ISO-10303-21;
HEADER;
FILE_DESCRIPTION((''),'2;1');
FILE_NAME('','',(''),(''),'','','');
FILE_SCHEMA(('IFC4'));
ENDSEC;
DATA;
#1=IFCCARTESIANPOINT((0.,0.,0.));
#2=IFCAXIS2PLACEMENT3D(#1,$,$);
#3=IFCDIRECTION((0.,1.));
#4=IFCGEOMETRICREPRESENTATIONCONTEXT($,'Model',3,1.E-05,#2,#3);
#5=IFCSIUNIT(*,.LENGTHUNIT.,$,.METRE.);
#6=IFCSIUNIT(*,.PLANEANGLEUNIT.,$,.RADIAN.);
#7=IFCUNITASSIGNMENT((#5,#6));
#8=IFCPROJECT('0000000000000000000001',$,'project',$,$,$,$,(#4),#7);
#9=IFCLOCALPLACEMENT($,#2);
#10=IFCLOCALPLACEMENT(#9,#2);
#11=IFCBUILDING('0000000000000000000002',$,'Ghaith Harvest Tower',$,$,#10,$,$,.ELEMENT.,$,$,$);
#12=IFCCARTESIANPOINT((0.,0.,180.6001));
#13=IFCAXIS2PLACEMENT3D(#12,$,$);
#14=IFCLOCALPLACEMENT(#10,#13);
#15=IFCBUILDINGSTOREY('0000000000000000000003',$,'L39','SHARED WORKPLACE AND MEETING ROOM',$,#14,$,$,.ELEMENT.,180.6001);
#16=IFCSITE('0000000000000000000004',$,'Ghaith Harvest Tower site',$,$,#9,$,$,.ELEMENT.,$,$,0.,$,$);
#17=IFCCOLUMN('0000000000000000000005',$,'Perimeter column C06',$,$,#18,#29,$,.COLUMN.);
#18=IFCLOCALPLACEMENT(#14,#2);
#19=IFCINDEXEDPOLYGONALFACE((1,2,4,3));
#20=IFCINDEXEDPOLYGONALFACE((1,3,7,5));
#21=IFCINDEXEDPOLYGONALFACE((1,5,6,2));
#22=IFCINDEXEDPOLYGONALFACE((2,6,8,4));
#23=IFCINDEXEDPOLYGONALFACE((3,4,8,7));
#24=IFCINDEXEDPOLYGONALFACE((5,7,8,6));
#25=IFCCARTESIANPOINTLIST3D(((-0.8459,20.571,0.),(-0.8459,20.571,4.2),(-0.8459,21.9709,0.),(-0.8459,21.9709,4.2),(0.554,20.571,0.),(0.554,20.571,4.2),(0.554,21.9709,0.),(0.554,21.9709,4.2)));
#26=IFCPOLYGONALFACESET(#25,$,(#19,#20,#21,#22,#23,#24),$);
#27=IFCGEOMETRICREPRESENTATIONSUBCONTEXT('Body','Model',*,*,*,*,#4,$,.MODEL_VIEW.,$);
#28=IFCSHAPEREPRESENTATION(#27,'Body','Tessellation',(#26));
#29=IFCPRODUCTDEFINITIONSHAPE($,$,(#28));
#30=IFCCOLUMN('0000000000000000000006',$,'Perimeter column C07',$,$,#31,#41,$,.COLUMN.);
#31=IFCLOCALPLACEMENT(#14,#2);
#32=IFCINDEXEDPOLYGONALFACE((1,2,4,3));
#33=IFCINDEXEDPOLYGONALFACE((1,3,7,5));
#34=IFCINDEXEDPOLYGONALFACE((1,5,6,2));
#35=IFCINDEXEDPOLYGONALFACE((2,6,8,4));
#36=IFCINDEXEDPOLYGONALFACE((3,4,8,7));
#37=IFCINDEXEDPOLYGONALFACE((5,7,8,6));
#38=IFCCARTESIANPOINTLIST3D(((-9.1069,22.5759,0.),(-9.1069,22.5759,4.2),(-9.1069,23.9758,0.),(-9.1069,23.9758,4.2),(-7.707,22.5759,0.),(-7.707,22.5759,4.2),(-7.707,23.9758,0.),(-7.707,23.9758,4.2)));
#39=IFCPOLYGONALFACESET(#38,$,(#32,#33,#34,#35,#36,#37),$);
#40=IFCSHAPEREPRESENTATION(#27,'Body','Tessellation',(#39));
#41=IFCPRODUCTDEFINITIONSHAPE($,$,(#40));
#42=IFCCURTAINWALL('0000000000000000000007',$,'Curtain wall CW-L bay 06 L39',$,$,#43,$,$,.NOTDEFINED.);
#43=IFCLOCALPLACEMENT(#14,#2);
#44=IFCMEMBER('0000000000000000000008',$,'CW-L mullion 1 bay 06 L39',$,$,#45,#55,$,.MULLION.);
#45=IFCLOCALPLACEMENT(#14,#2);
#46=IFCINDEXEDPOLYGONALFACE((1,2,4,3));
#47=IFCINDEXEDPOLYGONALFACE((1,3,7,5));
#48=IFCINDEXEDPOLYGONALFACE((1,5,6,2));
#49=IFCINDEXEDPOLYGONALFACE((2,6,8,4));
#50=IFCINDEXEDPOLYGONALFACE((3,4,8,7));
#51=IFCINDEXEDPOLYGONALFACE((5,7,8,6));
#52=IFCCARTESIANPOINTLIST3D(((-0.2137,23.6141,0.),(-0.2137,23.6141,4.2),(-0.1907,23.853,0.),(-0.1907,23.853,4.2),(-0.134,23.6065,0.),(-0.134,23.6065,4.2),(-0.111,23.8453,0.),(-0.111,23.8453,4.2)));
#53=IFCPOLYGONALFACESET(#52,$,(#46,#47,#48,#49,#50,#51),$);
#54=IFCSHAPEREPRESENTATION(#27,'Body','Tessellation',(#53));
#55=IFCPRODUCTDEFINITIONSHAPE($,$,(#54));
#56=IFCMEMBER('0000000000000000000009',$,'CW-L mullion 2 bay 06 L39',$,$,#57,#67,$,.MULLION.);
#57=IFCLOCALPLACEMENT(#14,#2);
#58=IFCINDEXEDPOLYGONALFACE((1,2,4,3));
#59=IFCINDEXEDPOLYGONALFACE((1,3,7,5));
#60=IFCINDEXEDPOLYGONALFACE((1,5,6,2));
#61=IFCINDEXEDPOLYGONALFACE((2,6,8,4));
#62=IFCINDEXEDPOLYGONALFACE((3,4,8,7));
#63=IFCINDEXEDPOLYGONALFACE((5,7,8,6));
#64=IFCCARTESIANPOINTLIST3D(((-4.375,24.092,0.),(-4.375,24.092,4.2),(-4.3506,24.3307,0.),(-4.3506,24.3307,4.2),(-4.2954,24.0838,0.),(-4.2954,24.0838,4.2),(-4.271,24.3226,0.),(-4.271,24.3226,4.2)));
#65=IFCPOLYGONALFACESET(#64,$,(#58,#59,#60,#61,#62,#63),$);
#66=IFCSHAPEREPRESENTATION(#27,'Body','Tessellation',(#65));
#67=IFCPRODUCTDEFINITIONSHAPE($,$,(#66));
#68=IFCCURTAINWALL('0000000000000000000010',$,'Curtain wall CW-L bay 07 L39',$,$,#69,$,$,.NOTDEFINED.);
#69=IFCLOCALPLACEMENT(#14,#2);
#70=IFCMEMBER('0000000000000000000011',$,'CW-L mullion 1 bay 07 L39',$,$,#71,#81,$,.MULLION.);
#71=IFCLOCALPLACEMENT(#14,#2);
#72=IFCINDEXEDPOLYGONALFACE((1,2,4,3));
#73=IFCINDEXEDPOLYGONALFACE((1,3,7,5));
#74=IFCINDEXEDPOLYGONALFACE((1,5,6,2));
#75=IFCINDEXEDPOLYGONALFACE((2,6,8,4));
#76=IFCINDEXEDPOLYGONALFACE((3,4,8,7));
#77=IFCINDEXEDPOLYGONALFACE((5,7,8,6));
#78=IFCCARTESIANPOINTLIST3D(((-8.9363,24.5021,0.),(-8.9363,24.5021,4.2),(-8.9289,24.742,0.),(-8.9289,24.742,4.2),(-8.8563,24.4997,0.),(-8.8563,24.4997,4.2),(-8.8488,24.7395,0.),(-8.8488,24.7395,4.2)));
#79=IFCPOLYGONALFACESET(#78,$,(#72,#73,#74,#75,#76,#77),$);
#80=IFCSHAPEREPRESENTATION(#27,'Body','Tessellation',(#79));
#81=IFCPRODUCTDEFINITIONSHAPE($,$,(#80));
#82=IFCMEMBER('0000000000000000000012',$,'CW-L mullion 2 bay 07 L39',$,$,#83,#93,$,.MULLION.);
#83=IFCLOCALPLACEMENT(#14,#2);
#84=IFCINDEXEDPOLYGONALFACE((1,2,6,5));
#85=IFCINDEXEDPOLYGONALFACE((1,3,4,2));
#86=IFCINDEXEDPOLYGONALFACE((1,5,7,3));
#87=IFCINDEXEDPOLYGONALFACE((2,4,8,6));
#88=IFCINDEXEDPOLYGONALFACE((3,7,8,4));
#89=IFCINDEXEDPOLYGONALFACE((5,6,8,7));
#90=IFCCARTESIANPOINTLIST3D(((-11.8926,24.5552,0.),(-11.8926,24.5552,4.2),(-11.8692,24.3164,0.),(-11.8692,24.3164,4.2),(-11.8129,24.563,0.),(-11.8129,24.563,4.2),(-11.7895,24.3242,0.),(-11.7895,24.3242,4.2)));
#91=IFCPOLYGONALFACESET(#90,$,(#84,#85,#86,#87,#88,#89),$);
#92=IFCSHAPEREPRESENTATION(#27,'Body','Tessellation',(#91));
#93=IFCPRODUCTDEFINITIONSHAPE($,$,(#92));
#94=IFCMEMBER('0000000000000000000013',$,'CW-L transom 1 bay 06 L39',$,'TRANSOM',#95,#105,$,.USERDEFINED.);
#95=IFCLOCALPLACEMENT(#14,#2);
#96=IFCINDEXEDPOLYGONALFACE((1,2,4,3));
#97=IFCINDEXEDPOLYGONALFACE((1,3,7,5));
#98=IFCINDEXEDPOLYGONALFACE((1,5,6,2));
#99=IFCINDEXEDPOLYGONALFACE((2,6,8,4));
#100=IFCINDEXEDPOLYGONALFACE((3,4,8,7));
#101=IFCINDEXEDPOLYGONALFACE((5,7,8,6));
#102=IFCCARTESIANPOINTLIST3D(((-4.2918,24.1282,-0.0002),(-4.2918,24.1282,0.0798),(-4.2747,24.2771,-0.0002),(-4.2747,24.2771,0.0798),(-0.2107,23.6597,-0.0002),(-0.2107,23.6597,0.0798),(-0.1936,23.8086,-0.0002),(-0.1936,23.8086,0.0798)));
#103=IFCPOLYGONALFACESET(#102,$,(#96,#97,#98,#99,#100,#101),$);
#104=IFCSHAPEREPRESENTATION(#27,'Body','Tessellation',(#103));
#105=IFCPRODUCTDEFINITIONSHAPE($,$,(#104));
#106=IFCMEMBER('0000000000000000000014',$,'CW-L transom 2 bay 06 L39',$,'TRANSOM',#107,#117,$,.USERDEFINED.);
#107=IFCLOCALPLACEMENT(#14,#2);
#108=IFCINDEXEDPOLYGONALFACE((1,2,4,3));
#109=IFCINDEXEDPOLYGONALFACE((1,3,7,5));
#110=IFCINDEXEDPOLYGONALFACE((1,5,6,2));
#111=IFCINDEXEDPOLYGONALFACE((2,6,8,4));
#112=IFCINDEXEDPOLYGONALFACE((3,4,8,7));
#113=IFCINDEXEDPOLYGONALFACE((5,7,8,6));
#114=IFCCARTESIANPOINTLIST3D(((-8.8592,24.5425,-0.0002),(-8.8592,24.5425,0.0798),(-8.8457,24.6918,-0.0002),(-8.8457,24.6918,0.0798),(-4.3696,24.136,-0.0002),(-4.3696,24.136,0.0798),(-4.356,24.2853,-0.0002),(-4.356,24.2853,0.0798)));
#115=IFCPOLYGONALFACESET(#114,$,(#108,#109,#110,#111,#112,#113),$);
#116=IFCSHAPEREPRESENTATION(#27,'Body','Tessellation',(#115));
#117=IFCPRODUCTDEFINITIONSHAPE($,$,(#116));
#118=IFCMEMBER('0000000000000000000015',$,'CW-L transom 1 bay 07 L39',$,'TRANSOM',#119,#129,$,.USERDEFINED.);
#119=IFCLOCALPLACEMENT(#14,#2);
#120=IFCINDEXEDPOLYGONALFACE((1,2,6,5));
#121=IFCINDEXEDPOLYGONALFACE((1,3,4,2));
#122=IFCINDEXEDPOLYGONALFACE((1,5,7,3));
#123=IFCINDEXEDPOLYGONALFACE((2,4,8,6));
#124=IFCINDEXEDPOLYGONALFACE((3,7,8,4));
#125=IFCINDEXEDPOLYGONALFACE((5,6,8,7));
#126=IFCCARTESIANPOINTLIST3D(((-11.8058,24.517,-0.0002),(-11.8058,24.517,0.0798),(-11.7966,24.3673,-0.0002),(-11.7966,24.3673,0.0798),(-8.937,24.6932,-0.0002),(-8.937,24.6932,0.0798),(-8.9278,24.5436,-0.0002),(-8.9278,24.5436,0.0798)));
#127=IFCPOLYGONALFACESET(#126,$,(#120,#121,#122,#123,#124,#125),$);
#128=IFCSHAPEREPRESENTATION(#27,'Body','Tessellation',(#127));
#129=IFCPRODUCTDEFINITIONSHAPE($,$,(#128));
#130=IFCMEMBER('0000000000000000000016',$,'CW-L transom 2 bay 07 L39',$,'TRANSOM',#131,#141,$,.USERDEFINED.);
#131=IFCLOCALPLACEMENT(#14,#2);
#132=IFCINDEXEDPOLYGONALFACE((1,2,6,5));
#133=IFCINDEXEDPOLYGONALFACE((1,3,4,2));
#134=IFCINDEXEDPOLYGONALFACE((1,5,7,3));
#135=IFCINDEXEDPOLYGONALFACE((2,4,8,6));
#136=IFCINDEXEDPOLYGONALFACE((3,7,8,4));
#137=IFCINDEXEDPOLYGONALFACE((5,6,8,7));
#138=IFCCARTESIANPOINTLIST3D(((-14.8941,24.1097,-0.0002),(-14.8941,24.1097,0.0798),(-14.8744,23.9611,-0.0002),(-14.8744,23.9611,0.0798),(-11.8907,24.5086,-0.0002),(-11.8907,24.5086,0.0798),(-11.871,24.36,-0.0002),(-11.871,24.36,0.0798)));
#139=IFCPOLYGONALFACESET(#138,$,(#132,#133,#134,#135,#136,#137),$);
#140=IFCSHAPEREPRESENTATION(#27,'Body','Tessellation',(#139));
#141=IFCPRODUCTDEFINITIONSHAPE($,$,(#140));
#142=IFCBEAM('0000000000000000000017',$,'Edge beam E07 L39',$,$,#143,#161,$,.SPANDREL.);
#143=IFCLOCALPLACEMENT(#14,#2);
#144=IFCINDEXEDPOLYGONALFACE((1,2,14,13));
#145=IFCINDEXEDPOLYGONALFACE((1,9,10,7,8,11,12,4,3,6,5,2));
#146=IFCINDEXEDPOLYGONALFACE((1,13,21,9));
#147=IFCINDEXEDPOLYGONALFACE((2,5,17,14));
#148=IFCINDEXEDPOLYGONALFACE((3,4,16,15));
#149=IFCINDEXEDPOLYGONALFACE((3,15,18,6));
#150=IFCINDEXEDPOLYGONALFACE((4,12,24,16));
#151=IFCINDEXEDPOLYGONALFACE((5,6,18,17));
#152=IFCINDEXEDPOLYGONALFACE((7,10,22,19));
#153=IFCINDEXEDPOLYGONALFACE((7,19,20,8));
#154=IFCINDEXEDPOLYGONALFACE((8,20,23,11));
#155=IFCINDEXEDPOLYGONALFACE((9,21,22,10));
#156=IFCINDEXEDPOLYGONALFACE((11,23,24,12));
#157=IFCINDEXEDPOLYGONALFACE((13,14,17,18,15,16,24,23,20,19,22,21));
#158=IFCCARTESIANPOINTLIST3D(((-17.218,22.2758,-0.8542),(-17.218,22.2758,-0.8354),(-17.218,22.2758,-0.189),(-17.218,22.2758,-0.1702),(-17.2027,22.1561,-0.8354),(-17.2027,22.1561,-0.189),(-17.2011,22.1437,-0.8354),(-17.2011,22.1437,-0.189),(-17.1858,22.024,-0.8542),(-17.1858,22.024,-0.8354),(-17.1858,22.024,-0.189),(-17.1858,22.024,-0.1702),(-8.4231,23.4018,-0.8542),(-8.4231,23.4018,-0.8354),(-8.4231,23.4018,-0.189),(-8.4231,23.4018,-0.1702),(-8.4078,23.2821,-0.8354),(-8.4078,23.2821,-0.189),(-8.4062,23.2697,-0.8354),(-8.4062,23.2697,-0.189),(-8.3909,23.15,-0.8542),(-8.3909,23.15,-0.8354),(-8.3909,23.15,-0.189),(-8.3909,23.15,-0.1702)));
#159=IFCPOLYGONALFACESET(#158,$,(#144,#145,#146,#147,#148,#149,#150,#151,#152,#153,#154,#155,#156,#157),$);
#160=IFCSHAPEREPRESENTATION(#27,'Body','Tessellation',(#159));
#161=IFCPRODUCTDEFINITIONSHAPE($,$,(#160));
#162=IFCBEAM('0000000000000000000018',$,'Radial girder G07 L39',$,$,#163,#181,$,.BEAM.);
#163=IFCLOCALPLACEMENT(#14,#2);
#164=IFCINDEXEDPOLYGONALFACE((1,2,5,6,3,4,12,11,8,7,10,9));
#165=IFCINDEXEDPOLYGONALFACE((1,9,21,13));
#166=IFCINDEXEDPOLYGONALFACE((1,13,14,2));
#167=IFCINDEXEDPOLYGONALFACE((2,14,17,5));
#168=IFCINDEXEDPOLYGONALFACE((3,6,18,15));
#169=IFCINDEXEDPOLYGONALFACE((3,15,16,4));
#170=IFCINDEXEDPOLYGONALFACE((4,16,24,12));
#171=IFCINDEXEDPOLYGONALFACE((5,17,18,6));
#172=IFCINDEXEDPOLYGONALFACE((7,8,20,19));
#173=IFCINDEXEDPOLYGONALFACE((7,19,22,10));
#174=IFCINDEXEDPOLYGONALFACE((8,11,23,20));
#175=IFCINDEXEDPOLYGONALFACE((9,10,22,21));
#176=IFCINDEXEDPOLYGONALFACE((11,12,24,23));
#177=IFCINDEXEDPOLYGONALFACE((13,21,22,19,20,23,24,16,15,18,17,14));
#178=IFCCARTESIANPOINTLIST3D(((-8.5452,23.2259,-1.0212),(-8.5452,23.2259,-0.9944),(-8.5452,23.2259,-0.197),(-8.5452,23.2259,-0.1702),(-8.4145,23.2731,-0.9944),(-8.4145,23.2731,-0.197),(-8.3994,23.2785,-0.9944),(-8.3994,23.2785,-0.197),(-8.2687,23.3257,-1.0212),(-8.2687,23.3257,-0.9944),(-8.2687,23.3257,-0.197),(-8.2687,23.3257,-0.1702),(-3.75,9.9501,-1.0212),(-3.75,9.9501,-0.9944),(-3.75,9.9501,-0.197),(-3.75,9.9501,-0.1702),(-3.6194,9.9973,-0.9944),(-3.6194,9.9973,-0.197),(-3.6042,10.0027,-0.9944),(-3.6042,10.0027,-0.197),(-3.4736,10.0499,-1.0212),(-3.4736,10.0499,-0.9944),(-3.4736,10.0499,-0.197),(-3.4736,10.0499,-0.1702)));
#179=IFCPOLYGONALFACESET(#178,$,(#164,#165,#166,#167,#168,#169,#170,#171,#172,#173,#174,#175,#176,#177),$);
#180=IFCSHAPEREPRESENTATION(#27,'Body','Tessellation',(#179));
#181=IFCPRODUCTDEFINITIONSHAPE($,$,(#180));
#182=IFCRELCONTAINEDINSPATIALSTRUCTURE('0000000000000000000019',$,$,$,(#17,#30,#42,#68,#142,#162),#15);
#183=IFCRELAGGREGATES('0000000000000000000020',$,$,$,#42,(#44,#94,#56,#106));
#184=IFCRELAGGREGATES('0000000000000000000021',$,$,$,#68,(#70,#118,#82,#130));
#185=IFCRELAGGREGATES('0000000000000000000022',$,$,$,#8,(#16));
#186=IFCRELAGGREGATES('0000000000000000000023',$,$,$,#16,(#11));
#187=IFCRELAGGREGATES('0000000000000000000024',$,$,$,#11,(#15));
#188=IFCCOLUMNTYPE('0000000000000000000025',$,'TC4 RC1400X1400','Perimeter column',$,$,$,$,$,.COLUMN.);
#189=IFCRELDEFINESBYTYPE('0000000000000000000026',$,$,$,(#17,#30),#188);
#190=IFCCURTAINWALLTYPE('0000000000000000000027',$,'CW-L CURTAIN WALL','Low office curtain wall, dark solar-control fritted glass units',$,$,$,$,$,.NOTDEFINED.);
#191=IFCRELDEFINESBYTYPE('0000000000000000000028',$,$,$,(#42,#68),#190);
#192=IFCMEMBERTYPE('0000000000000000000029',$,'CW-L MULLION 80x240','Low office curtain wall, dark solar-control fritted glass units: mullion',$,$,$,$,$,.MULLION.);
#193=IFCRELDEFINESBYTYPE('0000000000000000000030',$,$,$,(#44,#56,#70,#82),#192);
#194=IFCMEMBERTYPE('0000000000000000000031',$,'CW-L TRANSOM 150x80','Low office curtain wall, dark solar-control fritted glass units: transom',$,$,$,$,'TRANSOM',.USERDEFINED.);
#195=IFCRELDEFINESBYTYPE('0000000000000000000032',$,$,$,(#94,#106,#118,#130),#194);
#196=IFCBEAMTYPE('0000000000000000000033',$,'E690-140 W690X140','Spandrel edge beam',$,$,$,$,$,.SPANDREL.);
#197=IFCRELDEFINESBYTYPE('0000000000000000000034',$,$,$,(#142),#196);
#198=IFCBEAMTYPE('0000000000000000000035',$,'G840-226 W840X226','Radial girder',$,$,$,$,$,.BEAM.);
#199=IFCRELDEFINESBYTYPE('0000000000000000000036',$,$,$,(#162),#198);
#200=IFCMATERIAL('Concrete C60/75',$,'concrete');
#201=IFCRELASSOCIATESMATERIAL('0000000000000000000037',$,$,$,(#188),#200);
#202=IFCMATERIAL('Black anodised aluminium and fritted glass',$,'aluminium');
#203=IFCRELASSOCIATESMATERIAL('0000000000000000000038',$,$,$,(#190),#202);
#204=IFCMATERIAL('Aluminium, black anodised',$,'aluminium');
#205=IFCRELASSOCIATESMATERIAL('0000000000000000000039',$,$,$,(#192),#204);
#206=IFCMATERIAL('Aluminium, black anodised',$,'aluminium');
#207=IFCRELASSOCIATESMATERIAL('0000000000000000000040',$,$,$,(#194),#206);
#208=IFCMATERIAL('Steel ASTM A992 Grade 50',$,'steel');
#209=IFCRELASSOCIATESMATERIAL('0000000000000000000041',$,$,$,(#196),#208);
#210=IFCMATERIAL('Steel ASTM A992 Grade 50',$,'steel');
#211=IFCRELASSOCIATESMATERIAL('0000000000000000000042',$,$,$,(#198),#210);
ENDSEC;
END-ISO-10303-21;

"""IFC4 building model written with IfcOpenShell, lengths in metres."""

from ifc_helpers import new_model, si_unit, direction, frame, origin, origin_2d, place, context, subcontext, project, spatial, rectangle, i_section, extrude, material, material_profile, profile_set, type_object, element, aggregate, save


model = new_model("IFC4")

# Units and contexts
model_context = context("Model", 3, precision=1e-05, world=origin(), true_north=direction((0.0, 1.0)))
body_context = subcontext(model_context, "Body", "Model", "MODEL_VIEW")
ifc_project = project(units=[si_unit("LENGTHUNIT", "METRE"), si_unit("PLANEANGLEUNIT", "RADIAN")], contexts=[model_context])

# Site, building, storey
site_placement = place(None, origin())
site = spatial("IfcSite", under=ifc_project, at=site_placement, Name="Ghaith Harvest Tower site", CompositionType="ELEMENT", RefElevation=0.0)
building_placement = place(site_placement, origin())
building = spatial("IfcBuilding", under=site, at=building_placement, Name="Ghaith Harvest Tower", CompositionType="ELEMENT")
storey_placement = place(building_placement, frame((0.0, 0.0, 180.6001)))
storey = spatial("IfcBuildingStorey", under=building, at=storey_placement, Name="L39", Description="SHARED WORKPLACE AND MEETING ROOM", CompositionType="ELEMENT", Elevation=180.6001)

# Columns
ifc_material_1 = material(Name="Concrete C60/75", Category="concrete")
ifc_material_profile_1 = material_profile(ifc_material_1, rectangle(XDim=1.3999, YDim=1.3999, at=origin_2d()), Name="RC1400X1400")
ifc_profile_set_1 = profile_set([ifc_material_profile_1], Name="Concrete C60/75")
column_type = type_object("IfcColumnType", Name="TC4 RC1400X1400", Description="Perimeter column", PredefinedType="COLUMN", material=ifc_profile_set_1)
for number, where, z_axis, x_axis, name in (
    (1, (-0.146, 21.271, 0.0), (0.0, 0.0, 1.0), (1.0, 0.0, 0.0), "Perimeter column C06"),
    (2, (-8.407, 23.2759, 0.0), (0.0, 0.0, 1.0), (1.0, 0.0, 0.0), "Perimeter column C07"),
):
    element("IfcColumn", number, at=place(storey_placement, frame(where, z_axis=z_axis, x_axis=x_axis)), inside=storey, type_object=column_type, Name=name, PredefinedType="COLUMN", context=body_context, shape_type="SweptSolid", body=[
        extrude(rectangle(XDim=1.3999, YDim=1.3999, at=origin_2d()), origin(), (0.0, 0.0, 1.0), 4.2),
    ])

# Curtain walls, members
ifc_material_2 = material(Name="Black anodised aluminium and fritted glass", Category="aluminium")
curtain_wall_type = type_object("IfcCurtainWallType", Name="CW-L CURTAIN WALL", Description="Low office curtain wall, dark solar-control fritted glass units", PredefinedType="NOTDEFINED", material=ifc_material_2)
curtain_wall_1_placement = place(storey_placement, origin())
curtain_wall_1 = element("IfcCurtainWall", 3, at=curtain_wall_1_placement, inside=storey, type_object=curtain_wall_type, Name="Curtain wall CW-L bay 06 L39", PredefinedType="NOTDEFINED")
ifc_material_3 = material(Name="Aluminium, black anodised", Category="aluminium")
ifc_material_profile_2 = material_profile(ifc_material_3, rectangle(XDim=0.0801, YDim=0.24, at=origin_2d()), Name="CW-L MULLION 80x240")
ifc_profile_set_2 = profile_set([ifc_material_profile_2], Name="Aluminium, black anodised")
member_type_1 = type_object("IfcMemberType", Name="CW-L MULLION 80x240", Description="Low office curtain wall, dark solar-control fritted glass units: mullion", PredefinedType="MULLION", material=ifc_profile_set_2)
member_1_placement = place(storey_placement, frame((-0.1624, 23.7297, 0.0), z_axis=(0.0, 0.0, 1.0), x_axis=(-0.995388, 0.09593, 0.0)))
member_1 = element("IfcMember", 4, at=member_1_placement, type_object=member_type_1, Name="CW-L mullion 1 bay 06 L39", PredefinedType="MULLION", context=body_context, shape_type="SweptSolid", body=[
    extrude(rectangle(XDim=0.0801, YDim=0.24, at=origin_2d()), origin(), (0.0, 0.0, 1.0), 4.2),
])
member_2_placement = place(storey_placement, frame((-4.323, 24.2073, 0.0), z_axis=(0.0, 0.0, 1.0), x_axis=(-0.99483, 0.101551, 0.0)))
member_2 = element("IfcMember", 5, at=member_2_placement, type_object=member_type_1, Name="CW-L mullion 2 bay 06 L39", PredefinedType="MULLION", context=body_context, shape_type="SweptSolid", body=[
    extrude(rectangle(XDim=0.0801, YDim=0.24, at=origin_2d()), origin(), (0.0, 0.0, 1.0), 4.2),
])
curtain_wall_2_placement = place(storey_placement, origin())
curtain_wall_2 = element("IfcCurtainWall", 6, at=curtain_wall_2_placement, inside=storey, type_object=curtain_wall_type, Name="Curtain wall CW-L bay 07 L39", PredefinedType="NOTDEFINED")
member_3_placement = place(storey_placement, frame((-8.8926, 24.6208, 0.0), z_axis=(0.0, 0.0, 1.0), x_axis=(-0.999522, 0.030909, 0.0)))
member_3 = element("IfcMember", 7, at=member_3_placement, type_object=member_type_1, Name="CW-L mullion 1 bay 07 L39", PredefinedType="MULLION", context=body_context, shape_type="SweptSolid", body=[
    extrude(rectangle(XDim=0.0801, YDim=0.24, at=origin_2d()), origin(), (0.0, 0.0, 1.0), 4.2),
])
member_4_placement = place(storey_placement, frame((-11.8411, 24.4397, 0.0), z_axis=(0.0, 0.0, 1.0), x_axis=(-0.995238, -0.09748, 0.0)))
member_4 = element("IfcMember", 8, at=member_4_placement, type_object=member_type_1, Name="CW-L mullion 2 bay 07 L39", PredefinedType="MULLION", context=body_context, shape_type="SweptSolid", body=[
    extrude(rectangle(XDim=0.0801, YDim=0.24, at=origin_2d()), origin(), (0.0, 0.0, 1.0), 4.2),
])

# Members
ifc_material_4 = material(Name="Aluminium, black anodised", Category="aluminium")
ifc_material_profile_3 = material_profile(ifc_material_4, rectangle(XDim=0.1499, YDim=0.0801, at=origin_2d()), Name="CW-L TRANSOM 150x80")
ifc_profile_set_3 = profile_set([ifc_material_profile_3], Name="Aluminium, black anodised")
member_type_2 = type_object("IfcMemberType", Name="CW-L TRANSOM 150x80", Description="Low office curtain wall, dark solar-control fritted glass units: transom", ElementType="TRANSOM", PredefinedType="USERDEFINED", material=ifc_profile_set_3)
member_5_placement = place(storey_placement, frame((-0.2021, 23.7341, 0.0398), z_axis=(-0.993475, 0.114051, 0.0), x_axis=(-0.114051, -0.993475, 0.0)))
member_5 = element("IfcMember", 9, at=member_5_placement, type_object=member_type_2, Name="CW-L transom 1 bay 06 L39", ObjectType="TRANSOM", PredefinedType="USERDEFINED", context=body_context, shape_type="SweptSolid", body=[
    extrude(rectangle(XDim=0.1499, YDim=0.0801, at=origin_2d()), origin(), (0.0, 0.0, 1.0), 4.1079),
])
member_6_placement = place(storey_placement, frame((-4.3628, 24.2107, 0.0398), z_axis=(-0.995926, 0.09017, 0.0), x_axis=(-0.09017, -0.995926, 0.0)))
member_6 = element("IfcMember", 10, at=member_6_placement, type_object=member_type_2, Name="CW-L transom 2 bay 06 L39", ObjectType="TRANSOM", PredefinedType="USERDEFINED", context=body_context, shape_type="SweptSolid", body=[
    extrude(rectangle(XDim=0.1499, YDim=0.0801, at=origin_2d()), origin(), (0.0, 0.0, 1.0), 4.5081),
])
member_7_placement = place(storey_placement, frame((-8.9324, 24.6184, 0.0398), z_axis=(-0.998118, -0.061326, 0.0), x_axis=(0.061326, -0.998118, 0.0)))
member_7 = element("IfcMember", 11, at=member_7_placement, type_object=member_type_2, Name="CW-L transom 1 bay 07 L39", ObjectType="TRANSOM", PredefinedType="USERDEFINED", context=body_context, shape_type="SweptSolid", body=[
    extrude(rectangle(XDim=0.1499, YDim=0.0801, at=origin_2d()), origin(), (0.0, 0.0, 1.0), 2.8743),
])
member_8_placement = place(storey_placement, frame((-11.8809, 24.4343, 0.0398), z_axis=(-0.991294, -0.131668, 0.0), x_axis=(0.131668, -0.991294, 0.0)))
member_8 = element("IfcMember", 12, at=member_8_placement, type_object=member_type_2, Name="CW-L transom 2 bay 07 L39", ObjectType="TRANSOM", PredefinedType="USERDEFINED", context=body_context, shape_type="SweptSolid", body=[
    extrude(rectangle(XDim=0.1499, YDim=0.0801, at=origin_2d()), origin(), (0.0, 0.0, 1.0), 3.0298),
])

# Beams
ifc_material_5 = material(Name="Steel ASTM A992 Grade 50", Category="steel")
ifc_material_profile_4 = material_profile(ifc_material_5, i_section(OverallWidth=0.2539, OverallDepth=0.6841, WebThickness=0.0125, FlangeThickness=0.0188, at=origin_2d()), Name="W690X140")
ifc_profile_set_4 = profile_set([ifc_material_profile_4], Name="Steel ASTM A992 Grade 50")
beam_type_1 = type_object("IfcBeamType", Name="E690-140 W690X140", Description="Spandrel edge beam", PredefinedType="SPANDREL", material=ifc_profile_set_4)
beam_1_placement = place(storey_placement, frame((-8.407, 23.2759, -0.5122), z_axis=(-0.991904, -0.126989, 0.0), x_axis=(0.126989, -0.991904, 0.0)))
element("IfcBeam", 13, at=beam_1_placement, inside=storey, type_object=beam_type_1, Name="Edge beam E07 L39", PredefinedType="SPANDREL", context=body_context, shape_type="SweptSolid", body=[
    extrude(i_section(OverallWidth=0.2539, OverallDepth=0.6841, WebThickness=0.0125, FlangeThickness=0.0188, at=origin_2d()), origin(), (0.0, 0.0, 1.0), 8.8667),
])
ifc_material_6 = material(Name="Steel ASTM A992 Grade 50", Category="steel")
ifc_material_profile_5 = material_profile(ifc_material_6, i_section(OverallWidth=0.2939, OverallDepth=0.8511, WebThickness=0.0161, FlangeThickness=0.0269, at=origin_2d()), Name="W840X226")
ifc_profile_set_5 = profile_set([ifc_material_profile_5], Name="Steel ASTM A992 Grade 50")
beam_type_2 = type_object("IfcBeamType", Name="G840-226 W840X226", Description="Radial girder", PredefinedType="BEAM", material=ifc_profile_set_5)
beam_2_placement = place(storey_placement, frame((-3.6118, 10.0, -0.5957), z_axis=(-0.339713, 0.940529, 0.0), x_axis=(-0.940529, -0.339713, 0.0)))
element("IfcBeam", 14, at=beam_2_placement, inside=storey, type_object=beam_type_2, Name="Radial girder G07 L39", PredefinedType="BEAM", context=body_context, shape_type="SweptSolid", body=[
    extrude(i_section(OverallWidth=0.2939, OverallDepth=0.8511, WebThickness=0.0161, FlangeThickness=0.0269, at=origin_2d()), origin(), (0.0, 0.0, 1.0), 14.1152),
])

aggregate(curtain_wall_1, [member_1, member_5, member_2, member_6])
aggregate(curtain_wall_2, [member_3, member_7, member_4, member_8])

save(model, "model.ifc")
